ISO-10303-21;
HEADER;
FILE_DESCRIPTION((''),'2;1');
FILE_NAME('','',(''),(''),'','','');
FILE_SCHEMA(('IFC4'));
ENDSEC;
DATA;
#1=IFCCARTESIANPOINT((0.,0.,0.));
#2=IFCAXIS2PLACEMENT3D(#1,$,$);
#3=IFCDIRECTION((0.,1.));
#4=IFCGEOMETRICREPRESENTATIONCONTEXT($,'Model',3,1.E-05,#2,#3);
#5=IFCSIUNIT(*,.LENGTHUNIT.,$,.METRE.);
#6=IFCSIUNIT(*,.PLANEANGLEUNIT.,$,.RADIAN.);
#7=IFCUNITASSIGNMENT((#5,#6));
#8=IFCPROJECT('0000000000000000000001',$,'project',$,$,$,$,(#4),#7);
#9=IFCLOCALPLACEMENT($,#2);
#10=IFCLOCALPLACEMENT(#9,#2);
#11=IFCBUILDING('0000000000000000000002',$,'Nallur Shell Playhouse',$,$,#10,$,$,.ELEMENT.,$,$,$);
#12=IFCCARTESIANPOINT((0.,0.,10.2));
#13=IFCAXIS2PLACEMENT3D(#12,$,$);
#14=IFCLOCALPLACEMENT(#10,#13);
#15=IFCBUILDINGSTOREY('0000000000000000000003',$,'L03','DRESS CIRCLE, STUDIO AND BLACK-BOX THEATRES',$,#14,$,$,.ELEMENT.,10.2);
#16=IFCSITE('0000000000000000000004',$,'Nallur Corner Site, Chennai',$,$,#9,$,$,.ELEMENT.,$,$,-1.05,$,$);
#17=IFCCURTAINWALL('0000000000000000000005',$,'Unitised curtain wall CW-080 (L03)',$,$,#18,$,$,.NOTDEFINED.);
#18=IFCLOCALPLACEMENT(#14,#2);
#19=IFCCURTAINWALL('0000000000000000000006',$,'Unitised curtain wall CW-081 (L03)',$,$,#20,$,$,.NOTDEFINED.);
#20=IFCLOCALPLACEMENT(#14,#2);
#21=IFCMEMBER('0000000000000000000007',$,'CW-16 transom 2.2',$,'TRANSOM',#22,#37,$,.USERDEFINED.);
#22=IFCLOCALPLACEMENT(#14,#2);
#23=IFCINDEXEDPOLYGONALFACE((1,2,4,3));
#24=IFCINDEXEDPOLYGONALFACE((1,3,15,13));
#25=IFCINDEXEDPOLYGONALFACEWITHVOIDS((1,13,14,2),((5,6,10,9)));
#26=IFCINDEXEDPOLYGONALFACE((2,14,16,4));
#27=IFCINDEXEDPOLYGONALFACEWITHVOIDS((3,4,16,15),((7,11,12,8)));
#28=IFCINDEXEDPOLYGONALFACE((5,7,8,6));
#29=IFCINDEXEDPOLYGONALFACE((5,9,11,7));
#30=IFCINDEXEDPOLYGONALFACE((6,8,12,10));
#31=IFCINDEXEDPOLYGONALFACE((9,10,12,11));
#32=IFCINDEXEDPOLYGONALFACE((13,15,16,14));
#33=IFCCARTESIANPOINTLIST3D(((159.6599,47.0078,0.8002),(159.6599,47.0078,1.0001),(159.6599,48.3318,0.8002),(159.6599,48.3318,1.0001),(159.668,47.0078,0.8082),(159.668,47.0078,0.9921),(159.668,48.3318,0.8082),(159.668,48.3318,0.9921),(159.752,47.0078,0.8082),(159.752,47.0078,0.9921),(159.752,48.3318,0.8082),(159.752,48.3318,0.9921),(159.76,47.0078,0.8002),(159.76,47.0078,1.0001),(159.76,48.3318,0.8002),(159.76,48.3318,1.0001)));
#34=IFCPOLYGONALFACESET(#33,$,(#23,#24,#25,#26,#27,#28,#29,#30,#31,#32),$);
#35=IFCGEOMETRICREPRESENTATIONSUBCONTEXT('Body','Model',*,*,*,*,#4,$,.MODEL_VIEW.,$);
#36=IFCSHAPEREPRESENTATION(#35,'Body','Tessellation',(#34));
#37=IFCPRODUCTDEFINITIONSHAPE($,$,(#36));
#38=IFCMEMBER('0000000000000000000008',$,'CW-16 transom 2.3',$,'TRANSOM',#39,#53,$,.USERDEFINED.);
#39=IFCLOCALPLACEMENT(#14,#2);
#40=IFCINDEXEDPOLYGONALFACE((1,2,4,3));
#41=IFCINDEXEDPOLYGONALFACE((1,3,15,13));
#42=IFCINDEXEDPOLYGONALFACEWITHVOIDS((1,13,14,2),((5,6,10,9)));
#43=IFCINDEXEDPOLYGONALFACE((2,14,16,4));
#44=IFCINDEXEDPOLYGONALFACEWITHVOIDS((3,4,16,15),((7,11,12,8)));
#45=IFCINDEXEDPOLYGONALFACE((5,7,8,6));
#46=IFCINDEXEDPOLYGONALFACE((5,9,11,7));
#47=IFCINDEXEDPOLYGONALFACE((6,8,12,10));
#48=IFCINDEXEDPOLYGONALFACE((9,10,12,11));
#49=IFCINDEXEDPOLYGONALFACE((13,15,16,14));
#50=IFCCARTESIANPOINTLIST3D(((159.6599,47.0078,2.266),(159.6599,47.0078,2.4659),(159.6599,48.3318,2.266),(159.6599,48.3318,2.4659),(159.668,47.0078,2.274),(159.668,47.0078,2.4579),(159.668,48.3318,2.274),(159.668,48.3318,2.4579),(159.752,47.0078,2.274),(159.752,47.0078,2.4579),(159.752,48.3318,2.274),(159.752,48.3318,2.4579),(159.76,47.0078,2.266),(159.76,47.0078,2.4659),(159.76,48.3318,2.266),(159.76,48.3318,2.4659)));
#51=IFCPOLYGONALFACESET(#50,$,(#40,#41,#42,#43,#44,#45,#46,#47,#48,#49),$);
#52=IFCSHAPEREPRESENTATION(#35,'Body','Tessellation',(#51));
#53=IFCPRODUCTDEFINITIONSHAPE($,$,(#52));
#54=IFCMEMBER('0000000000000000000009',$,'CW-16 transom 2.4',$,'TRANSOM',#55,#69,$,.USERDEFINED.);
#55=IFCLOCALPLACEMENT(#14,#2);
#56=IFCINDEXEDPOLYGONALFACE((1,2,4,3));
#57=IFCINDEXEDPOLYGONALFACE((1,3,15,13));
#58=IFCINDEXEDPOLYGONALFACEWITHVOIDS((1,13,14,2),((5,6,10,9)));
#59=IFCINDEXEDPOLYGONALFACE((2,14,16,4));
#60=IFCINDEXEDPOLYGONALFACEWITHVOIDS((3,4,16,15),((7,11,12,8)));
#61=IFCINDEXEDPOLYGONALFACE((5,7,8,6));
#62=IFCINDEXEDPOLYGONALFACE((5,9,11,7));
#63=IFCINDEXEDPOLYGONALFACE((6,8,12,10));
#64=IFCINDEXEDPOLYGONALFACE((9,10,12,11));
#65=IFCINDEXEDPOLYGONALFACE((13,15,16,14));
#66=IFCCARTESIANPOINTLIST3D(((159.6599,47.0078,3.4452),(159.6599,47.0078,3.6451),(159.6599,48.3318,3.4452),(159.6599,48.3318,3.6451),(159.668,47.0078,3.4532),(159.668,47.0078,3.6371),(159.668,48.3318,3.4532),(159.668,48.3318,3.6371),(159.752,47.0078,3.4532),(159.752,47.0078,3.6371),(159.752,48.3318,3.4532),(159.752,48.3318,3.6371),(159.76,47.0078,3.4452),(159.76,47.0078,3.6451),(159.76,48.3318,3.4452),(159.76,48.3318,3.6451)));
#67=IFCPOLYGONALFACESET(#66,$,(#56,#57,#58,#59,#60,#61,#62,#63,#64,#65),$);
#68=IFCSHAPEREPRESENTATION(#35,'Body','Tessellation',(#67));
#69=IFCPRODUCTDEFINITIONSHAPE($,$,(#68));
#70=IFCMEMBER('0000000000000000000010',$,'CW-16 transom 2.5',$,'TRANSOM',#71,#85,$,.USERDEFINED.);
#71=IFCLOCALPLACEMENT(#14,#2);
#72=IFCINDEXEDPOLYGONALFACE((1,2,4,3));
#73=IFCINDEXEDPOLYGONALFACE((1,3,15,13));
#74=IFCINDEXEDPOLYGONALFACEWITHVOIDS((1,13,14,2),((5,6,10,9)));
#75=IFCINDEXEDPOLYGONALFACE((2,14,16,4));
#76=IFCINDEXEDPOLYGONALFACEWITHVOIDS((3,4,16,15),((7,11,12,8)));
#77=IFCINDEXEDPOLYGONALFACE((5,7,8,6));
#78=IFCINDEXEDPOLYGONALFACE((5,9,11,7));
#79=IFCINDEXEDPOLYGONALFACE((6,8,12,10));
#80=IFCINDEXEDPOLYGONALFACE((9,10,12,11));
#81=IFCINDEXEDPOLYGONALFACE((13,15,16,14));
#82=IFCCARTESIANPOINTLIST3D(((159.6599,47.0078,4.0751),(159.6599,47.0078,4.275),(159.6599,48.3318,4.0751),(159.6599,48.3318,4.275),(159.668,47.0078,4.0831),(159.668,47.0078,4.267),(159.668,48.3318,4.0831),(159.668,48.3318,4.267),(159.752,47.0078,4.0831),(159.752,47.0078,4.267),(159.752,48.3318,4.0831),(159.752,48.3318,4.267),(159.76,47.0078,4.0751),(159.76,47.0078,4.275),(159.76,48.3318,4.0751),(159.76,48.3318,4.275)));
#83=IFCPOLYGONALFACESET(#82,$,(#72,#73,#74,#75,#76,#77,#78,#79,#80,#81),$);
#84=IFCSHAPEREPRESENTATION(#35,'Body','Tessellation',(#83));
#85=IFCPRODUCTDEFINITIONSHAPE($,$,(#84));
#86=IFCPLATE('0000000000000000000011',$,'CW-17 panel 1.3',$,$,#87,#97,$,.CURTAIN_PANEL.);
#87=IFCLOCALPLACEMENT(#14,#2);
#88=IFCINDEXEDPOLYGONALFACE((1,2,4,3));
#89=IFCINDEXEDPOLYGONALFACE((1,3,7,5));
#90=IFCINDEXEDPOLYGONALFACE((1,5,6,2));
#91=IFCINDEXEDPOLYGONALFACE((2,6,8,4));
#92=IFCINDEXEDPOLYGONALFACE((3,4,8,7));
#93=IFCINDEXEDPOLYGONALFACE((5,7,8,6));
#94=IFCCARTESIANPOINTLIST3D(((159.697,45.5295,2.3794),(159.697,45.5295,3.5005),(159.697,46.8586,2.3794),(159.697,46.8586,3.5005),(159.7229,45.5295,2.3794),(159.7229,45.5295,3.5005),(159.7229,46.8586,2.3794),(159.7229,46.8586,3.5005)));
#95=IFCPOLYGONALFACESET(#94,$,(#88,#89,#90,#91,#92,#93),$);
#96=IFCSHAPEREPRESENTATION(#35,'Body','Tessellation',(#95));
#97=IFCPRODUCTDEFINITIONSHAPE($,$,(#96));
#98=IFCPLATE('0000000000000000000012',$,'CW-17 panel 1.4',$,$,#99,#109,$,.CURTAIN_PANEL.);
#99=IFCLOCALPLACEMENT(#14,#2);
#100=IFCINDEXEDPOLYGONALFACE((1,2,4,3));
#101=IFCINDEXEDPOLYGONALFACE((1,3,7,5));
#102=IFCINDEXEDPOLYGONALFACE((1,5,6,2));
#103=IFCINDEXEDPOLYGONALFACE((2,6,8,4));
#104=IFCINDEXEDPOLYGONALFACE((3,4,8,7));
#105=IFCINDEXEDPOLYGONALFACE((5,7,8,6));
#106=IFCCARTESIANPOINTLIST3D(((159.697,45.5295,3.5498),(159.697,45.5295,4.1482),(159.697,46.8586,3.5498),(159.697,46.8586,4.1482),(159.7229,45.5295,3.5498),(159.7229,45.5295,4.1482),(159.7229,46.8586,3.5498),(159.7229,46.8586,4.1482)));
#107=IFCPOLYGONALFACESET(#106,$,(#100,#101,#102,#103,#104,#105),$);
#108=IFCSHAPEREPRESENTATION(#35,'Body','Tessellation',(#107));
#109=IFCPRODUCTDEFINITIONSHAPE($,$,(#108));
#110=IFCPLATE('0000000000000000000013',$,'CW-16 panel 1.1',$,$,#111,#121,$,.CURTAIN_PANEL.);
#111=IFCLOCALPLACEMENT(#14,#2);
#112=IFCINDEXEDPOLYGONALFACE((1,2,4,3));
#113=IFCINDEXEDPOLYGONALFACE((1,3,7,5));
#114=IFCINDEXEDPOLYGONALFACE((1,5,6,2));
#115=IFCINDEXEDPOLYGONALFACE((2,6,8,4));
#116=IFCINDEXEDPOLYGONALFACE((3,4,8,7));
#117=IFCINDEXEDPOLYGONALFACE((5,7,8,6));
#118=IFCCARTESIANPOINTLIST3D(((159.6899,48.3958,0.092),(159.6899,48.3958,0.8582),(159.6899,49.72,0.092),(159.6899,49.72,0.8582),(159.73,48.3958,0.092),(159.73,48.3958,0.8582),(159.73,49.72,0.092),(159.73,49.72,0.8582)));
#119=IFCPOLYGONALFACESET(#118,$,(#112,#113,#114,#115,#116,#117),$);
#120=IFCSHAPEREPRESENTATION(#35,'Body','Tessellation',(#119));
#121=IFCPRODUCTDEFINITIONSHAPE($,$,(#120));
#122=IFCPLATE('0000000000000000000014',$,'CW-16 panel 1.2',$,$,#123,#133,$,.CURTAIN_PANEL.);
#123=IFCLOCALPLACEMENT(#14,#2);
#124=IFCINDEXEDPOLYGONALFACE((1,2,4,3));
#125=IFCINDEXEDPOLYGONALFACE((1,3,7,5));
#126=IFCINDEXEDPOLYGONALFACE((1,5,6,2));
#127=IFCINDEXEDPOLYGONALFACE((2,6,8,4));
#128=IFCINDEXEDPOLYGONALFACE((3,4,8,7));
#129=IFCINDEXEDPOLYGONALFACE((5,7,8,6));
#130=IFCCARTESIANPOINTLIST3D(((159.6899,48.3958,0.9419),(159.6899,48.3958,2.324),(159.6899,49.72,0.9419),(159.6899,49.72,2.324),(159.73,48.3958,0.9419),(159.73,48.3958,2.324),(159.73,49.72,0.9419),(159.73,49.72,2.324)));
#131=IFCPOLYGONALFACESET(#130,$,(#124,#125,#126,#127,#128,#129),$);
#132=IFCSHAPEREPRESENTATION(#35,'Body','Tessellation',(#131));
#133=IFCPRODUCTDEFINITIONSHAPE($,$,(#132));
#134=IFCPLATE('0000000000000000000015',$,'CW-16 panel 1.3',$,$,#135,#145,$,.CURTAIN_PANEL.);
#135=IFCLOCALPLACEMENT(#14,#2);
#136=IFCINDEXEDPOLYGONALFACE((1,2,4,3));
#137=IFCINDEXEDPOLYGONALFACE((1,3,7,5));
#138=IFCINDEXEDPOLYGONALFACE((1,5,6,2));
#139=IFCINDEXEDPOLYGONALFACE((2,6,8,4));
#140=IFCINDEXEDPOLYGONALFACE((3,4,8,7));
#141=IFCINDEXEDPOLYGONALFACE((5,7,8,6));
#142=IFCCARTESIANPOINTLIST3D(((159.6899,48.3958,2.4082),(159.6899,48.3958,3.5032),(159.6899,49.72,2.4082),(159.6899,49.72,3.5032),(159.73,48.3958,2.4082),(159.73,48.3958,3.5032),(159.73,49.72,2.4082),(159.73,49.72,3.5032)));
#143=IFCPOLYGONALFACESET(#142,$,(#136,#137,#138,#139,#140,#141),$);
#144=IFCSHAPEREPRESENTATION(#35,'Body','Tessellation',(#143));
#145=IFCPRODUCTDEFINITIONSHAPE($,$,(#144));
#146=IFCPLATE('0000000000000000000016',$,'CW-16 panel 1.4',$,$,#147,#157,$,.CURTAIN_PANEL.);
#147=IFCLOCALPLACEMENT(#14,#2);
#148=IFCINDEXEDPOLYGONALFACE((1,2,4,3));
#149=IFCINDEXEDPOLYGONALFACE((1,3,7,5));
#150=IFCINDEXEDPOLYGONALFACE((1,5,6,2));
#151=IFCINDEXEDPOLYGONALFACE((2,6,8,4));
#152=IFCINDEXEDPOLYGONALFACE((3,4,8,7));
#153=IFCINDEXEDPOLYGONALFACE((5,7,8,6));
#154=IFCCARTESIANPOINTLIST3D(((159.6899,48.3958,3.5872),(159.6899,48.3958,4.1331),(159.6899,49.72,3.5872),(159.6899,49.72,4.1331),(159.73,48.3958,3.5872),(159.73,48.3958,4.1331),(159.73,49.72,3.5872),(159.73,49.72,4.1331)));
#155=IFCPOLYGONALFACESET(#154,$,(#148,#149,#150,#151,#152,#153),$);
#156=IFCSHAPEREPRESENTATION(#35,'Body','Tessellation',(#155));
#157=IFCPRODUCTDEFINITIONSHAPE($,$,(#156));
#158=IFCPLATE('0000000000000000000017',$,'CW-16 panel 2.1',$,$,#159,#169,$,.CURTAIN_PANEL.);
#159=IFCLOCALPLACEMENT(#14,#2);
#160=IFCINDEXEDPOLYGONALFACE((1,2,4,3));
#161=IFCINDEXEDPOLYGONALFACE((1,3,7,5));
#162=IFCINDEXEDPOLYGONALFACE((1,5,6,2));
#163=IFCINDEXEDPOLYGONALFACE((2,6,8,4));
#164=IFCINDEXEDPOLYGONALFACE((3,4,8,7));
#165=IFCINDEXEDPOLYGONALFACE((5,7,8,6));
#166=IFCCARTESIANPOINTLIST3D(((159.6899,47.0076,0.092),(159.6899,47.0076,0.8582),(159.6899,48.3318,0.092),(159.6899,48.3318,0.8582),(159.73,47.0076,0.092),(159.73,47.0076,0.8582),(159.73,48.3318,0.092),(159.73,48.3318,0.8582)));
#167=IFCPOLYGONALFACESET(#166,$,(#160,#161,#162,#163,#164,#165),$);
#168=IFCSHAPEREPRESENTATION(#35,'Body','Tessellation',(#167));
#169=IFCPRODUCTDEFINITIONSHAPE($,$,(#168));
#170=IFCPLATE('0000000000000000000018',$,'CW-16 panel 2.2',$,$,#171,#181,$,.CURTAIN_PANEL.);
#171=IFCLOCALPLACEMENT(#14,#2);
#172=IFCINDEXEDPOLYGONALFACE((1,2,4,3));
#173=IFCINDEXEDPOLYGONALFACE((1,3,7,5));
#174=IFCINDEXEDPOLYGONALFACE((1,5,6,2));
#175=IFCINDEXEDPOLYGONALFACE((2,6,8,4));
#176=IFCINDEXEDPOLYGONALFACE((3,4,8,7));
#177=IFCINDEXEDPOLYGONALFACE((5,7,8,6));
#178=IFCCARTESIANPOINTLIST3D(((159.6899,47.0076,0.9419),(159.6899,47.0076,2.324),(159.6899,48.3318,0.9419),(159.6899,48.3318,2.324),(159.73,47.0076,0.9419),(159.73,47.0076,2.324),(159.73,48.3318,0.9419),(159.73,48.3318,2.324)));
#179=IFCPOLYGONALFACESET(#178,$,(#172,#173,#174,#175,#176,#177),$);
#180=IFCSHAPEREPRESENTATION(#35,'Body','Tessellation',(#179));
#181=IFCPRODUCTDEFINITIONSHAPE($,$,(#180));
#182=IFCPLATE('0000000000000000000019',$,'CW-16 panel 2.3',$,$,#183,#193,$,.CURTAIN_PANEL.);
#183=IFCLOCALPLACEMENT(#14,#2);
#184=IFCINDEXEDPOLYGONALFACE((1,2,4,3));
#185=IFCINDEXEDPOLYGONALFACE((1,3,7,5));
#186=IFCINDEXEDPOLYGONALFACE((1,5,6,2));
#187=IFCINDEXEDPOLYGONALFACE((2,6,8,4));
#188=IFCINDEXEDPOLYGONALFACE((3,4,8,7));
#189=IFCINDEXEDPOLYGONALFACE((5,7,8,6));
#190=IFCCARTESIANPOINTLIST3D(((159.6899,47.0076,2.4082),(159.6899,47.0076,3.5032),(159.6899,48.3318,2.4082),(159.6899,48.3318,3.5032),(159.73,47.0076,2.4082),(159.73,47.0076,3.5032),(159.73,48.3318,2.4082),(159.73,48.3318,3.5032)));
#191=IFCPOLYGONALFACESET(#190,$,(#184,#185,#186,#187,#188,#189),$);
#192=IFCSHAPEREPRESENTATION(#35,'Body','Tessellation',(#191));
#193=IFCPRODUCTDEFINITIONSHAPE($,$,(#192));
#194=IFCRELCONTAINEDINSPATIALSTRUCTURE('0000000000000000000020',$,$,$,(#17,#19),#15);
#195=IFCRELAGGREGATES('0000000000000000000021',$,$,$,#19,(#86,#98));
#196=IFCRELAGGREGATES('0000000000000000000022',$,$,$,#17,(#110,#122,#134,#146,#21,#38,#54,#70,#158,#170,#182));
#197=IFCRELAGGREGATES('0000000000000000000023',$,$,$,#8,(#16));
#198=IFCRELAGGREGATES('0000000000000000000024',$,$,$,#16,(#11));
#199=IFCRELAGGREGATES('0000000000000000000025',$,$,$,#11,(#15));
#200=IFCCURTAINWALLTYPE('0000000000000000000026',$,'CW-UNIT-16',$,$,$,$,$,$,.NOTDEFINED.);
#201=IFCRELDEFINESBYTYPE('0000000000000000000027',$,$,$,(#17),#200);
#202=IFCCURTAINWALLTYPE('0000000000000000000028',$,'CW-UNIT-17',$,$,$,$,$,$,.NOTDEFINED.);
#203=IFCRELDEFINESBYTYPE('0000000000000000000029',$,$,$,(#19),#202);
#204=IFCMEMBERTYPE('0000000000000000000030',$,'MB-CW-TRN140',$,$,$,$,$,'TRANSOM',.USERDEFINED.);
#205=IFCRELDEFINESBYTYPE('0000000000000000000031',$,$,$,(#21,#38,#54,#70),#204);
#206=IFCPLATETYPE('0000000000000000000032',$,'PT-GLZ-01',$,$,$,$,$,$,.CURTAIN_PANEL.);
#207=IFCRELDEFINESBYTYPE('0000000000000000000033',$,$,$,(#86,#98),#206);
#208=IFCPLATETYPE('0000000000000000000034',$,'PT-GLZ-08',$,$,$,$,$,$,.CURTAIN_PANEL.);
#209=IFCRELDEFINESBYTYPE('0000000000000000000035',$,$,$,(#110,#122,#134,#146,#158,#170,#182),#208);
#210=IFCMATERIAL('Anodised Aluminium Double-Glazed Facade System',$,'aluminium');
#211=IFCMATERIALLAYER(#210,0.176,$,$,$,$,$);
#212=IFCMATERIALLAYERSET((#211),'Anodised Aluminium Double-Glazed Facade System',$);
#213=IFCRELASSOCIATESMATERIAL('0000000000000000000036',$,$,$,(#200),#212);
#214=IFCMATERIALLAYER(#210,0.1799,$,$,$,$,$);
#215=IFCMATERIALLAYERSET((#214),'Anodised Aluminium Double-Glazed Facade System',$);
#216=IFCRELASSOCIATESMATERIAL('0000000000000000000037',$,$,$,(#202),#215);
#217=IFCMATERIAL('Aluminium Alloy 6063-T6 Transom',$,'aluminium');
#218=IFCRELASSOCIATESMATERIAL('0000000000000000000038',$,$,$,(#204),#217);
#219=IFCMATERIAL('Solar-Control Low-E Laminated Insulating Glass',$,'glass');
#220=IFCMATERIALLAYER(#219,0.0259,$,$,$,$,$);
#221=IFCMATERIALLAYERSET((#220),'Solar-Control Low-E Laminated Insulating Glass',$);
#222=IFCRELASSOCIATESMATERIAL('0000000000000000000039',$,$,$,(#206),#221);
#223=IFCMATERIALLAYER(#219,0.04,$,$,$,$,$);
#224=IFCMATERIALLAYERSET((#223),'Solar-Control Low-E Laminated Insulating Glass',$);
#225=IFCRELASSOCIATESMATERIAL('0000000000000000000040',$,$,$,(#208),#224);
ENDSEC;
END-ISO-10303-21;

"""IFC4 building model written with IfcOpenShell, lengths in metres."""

from ifc_helpers import new_model, si_unit, direction, frame, origin, origin_2d, place, context, subcontext, project, spatial, rectangle, hollow_rectangle, extrude, material, layer, layer_set, material_profile, profile_set, type_object, element, aggregate, save


model = new_model("IFC4")

# Units and contexts
model_context = context("Model", 3, precision=1e-05, world=origin(), true_north=direction((0.0, 1.0)))
body_context = subcontext(model_context, "Body", "Model", "MODEL_VIEW")
ifc_project = project(units=[si_unit("LENGTHUNIT", "METRE"), si_unit("PLANEANGLEUNIT", "RADIAN")], contexts=[model_context])

# Site, building, storey
site_placement = place(None, origin())
site = spatial("IfcSite", under=ifc_project, at=site_placement, Name="Nallur Corner Site, Chennai", CompositionType="ELEMENT", RefElevation=-1.05)
building_placement = place(site_placement, origin())
building = spatial("IfcBuilding", under=site, at=building_placement, Name="Nallur Shell Playhouse", CompositionType="ELEMENT")
storey_placement = place(building_placement, frame((0.0, 0.0, 10.2)))
storey = spatial("IfcBuildingStorey", under=building, at=storey_placement, Name="L03", Description="DRESS CIRCLE, STUDIO AND BLACK-BOX THEATRES", CompositionType="ELEMENT", Elevation=10.2)

# Curtain wall
ifc_material_1 = material(Name="Anodised Aluminium Double-Glazed Facade System", Category="aluminium")
ifc_layer_1 = layer(ifc_material_1, 0.176)
ifc_layer_set_1 = layer_set([ifc_layer_1], Name="Anodised Aluminium Double-Glazed Facade System")
curtain_wall_type_1 = type_object("IfcCurtainWallType", Name="CW-UNIT-16", PredefinedType="NOTDEFINED", material=ifc_layer_set_1)
curtain_wall_1_placement = place(storey_placement, origin())
curtain_wall_1 = element("IfcCurtainWall", 1, at=curtain_wall_1_placement, inside=storey, type_object=curtain_wall_type_1, Name="Unitised curtain wall CW-080 (L03)", PredefinedType="NOTDEFINED")

# Curtain wall
ifc_layer_2 = layer(ifc_material_1, 0.1799)
ifc_layer_set_2 = layer_set([ifc_layer_2], Name="Anodised Aluminium Double-Glazed Facade System")
curtain_wall_type_2 = type_object("IfcCurtainWallType", Name="CW-UNIT-17", PredefinedType="NOTDEFINED", material=ifc_layer_set_2)
curtain_wall_2_placement = place(storey_placement, origin())
curtain_wall_2 = element("IfcCurtainWall", 2, at=curtain_wall_2_placement, inside=storey, type_object=curtain_wall_type_2, Name="Unitised curtain wall CW-081 (L03)", PredefinedType="NOTDEFINED")
ifc_material_2 = material(Name="Aluminium Alloy 6063-T6 Transom", Category="aluminium")

# Members
ifc_material_profile_1 = material_profile(ifc_material_2, hollow_rectangle(XDim=0.1001, YDim=0.2, WallThickness=0.0081, at=origin_2d()), Name="RHS 200x100x8")
ifc_profile_set_1 = profile_set([ifc_material_profile_1], Name="Aluminium Alloy 6063-T6 Transom")
member_type_1 = type_object("IfcMemberType", Name="MB-CW-TRN140", ElementType="TRANSOM", PredefinedType="USERDEFINED", material=ifc_profile_set_1)
member_1_placement = place(storey_placement, frame((159.71, 48.3318, 0.9001), z_axis=(0.0, -1.0, 0.0), x_axis=(1.0, 0.0, 0.0)))
member_1 = element("IfcMember", 3, at=member_1_placement, type_object=member_type_1, Name="CW-16 transom 2.2", ObjectType="TRANSOM", PredefinedType="USERDEFINED", context=body_context, shape_type="SweptSolid", body=[
    extrude(hollow_rectangle(XDim=0.1001, YDim=0.2, WallThickness=0.0081, at=origin_2d()), origin(), (0.0, 0.0, 1.0), 1.324),
])
member_2_placement = place(storey_placement, frame((159.71, 48.3318, 2.366), z_axis=(0.0, -1.0, 0.0), x_axis=(1.0, 0.0, 0.0)))
member_2 = element("IfcMember", 4, at=member_2_placement, type_object=member_type_1, Name="CW-16 transom 2.3", ObjectType="TRANSOM", PredefinedType="USERDEFINED", context=body_context, shape_type="SweptSolid", body=[
    extrude(hollow_rectangle(XDim=0.1001, YDim=0.2, WallThickness=0.0081, at=origin_2d()), origin(), (0.0, 0.0, 1.0), 1.324),
])
member_3_placement = place(storey_placement, frame((159.71, 48.3318, 3.5452), z_axis=(0.0, -1.0, 0.0), x_axis=(1.0, 0.0, 0.0)))
member_3 = element("IfcMember", 5, at=member_3_placement, type_object=member_type_1, Name="CW-16 transom 2.4", ObjectType="TRANSOM", PredefinedType="USERDEFINED", context=body_context, shape_type="SweptSolid", body=[
    extrude(hollow_rectangle(XDim=0.1001, YDim=0.2, WallThickness=0.0081, at=origin_2d()), origin(), (0.0, 0.0, 1.0), 1.324),
])
member_4_placement = place(storey_placement, frame((159.71, 48.3318, 4.175), z_axis=(0.0, -1.0, 0.0), x_axis=(1.0, 0.0, 0.0)))
member_4 = element("IfcMember", 6, at=member_4_placement, type_object=member_type_1, Name="CW-16 transom 2.5", ObjectType="TRANSOM", PredefinedType="USERDEFINED", context=body_context, shape_type="SweptSolid", body=[
    extrude(hollow_rectangle(XDim=0.1001, YDim=0.2, WallThickness=0.0081, at=origin_2d()), origin(), (0.0, 0.0, 1.0), 1.324),
])

# Plates
ifc_material_3 = material(Name="Solar-Control Low-E Laminated Insulating Glass", Category="glass")
ifc_layer_3 = layer(ifc_material_3, 0.0259)
ifc_layer_set_3 = layer_set([ifc_layer_3], Name="Solar-Control Low-E Laminated Insulating Glass")
plate_type_1 = type_object("IfcPlateType", Name="PT-GLZ-01", PredefinedType="CURTAIN_PANEL", material=ifc_layer_set_3)
plate_1_placement = place(storey_placement, frame((159.71, 46.1941, 2.3794), z_axis=(0.0, 0.0, 1.0), x_axis=(0.0, -1.0, 0.0)))
plate_1 = element("IfcPlate", 7, at=plate_1_placement, type_object=plate_type_1, Name="CW-17 panel 1.3", PredefinedType="CURTAIN_PANEL", context=body_context, shape_type="SweptSolid", body=[
    extrude(rectangle(XDim=1.3291, YDim=0.0259, at=origin_2d()), origin(), (0.0, 0.0, 1.0), 1.1211),
])
plate_2_placement = place(storey_placement, frame((159.71, 46.1941, 3.5498), z_axis=(0.0, 0.0, 1.0), x_axis=(0.0, -1.0, 0.0)))
plate_2 = element("IfcPlate", 8, at=plate_2_placement, type_object=plate_type_1, Name="CW-17 panel 1.4", PredefinedType="CURTAIN_PANEL", context=body_context, shape_type="SweptSolid", body=[
    extrude(rectangle(XDim=1.3291, YDim=0.0259, at=origin_2d()), origin(), (0.0, 0.0, 1.0), 0.5984),
])
aggregate(curtain_wall_2, [plate_1, plate_2])
ifc_layer_4 = layer(ifc_material_3, 0.04)
ifc_layer_set_4 = layer_set([ifc_layer_4], Name="Solar-Control Low-E Laminated Insulating Glass")
plate_type_2 = type_object("IfcPlateType", Name="PT-GLZ-08", PredefinedType="CURTAIN_PANEL", material=ifc_layer_set_4)
plate_3_placement = place(storey_placement, frame((159.71, 49.0579, 0.092), z_axis=(0.0, 0.0, 1.0), x_axis=(0.0, -1.0, 0.0)))
plate_3 = element("IfcPlate", 9, at=plate_3_placement, type_object=plate_type_2, Name="CW-16 panel 1.1", PredefinedType="CURTAIN_PANEL", context=body_context, shape_type="SweptSolid", body=[
    extrude(rectangle(XDim=1.3242, YDim=0.04, at=origin_2d()), origin(), (0.0, 0.0, 1.0), 0.7661),
])
plate_4_placement = place(storey_placement, frame((159.71, 49.0579, 0.9419), z_axis=(0.0, 0.0, 1.0), x_axis=(0.0, -1.0, 0.0)))
plate_4 = element("IfcPlate", 10, at=plate_4_placement, type_object=plate_type_2, Name="CW-16 panel 1.2", PredefinedType="CURTAIN_PANEL", context=body_context, shape_type="SweptSolid", body=[
    extrude(rectangle(XDim=1.3242, YDim=0.04, at=origin_2d()), origin(), (0.0, 0.0, 1.0), 1.3821),
])
plate_5_placement = place(storey_placement, frame((159.71, 49.0579, 2.4082), z_axis=(0.0, 0.0, 1.0), x_axis=(0.0, -1.0, 0.0)))
plate_5 = element("IfcPlate", 11, at=plate_5_placement, type_object=plate_type_2, Name="CW-16 panel 1.3", PredefinedType="CURTAIN_PANEL", context=body_context, shape_type="SweptSolid", body=[
    extrude(rectangle(XDim=1.3242, YDim=0.04, at=origin_2d()), origin(), (0.0, 0.0, 1.0), 1.095),
])
plate_6_placement = place(storey_placement, frame((159.71, 49.0579, 3.5872), z_axis=(0.0, 0.0, 1.0), x_axis=(0.0, -1.0, 0.0)))
plate_6 = element("IfcPlate", 12, at=plate_6_placement, type_object=plate_type_2, Name="CW-16 panel 1.4", PredefinedType="CURTAIN_PANEL", context=body_context, shape_type="SweptSolid", body=[
    extrude(rectangle(XDim=1.3242, YDim=0.04, at=origin_2d()), origin(), (0.0, 0.0, 1.0), 0.5459),
])
plate_7_placement = place(storey_placement, frame((159.71, 47.6697, 0.092), z_axis=(0.0, 0.0, 1.0), x_axis=(0.0, -1.0, 0.0)))
plate_7 = element("IfcPlate", 13, at=plate_7_placement, type_object=plate_type_2, Name="CW-16 panel 2.1", PredefinedType="CURTAIN_PANEL", context=body_context, shape_type="SweptSolid", body=[
    extrude(rectangle(XDim=1.3242, YDim=0.04, at=origin_2d()), origin(), (0.0, 0.0, 1.0), 0.7661),
])
plate_8_placement = place(storey_placement, frame((159.71, 47.6697, 0.9419), z_axis=(0.0, 0.0, 1.0), x_axis=(0.0, -1.0, 0.0)))
plate_8 = element("IfcPlate", 14, at=plate_8_placement, type_object=plate_type_2, Name="CW-16 panel 2.2", PredefinedType="CURTAIN_PANEL", context=body_context, shape_type="SweptSolid", body=[
    extrude(rectangle(XDim=1.3242, YDim=0.04, at=origin_2d()), origin(), (0.0, 0.0, 1.0), 1.3821),
])
plate_9_placement = place(storey_placement, frame((159.71, 47.6697, 2.4082), z_axis=(0.0, 0.0, 1.0), x_axis=(0.0, -1.0, 0.0)))
plate_9 = element("IfcPlate", 15, at=plate_9_placement, type_object=plate_type_2, Name="CW-16 panel 2.3", PredefinedType="CURTAIN_PANEL", context=body_context, shape_type="SweptSolid", body=[
    extrude(rectangle(XDim=1.3242, YDim=0.04, at=origin_2d()), origin(), (0.0, 0.0, 1.0), 1.095),
])
aggregate(curtain_wall_1, [plate_3, plate_4, plate_5, plate_6, member_1, member_2, member_3, member_4, plate_7, plate_8, plate_9])

save(model, "model.ifc")
